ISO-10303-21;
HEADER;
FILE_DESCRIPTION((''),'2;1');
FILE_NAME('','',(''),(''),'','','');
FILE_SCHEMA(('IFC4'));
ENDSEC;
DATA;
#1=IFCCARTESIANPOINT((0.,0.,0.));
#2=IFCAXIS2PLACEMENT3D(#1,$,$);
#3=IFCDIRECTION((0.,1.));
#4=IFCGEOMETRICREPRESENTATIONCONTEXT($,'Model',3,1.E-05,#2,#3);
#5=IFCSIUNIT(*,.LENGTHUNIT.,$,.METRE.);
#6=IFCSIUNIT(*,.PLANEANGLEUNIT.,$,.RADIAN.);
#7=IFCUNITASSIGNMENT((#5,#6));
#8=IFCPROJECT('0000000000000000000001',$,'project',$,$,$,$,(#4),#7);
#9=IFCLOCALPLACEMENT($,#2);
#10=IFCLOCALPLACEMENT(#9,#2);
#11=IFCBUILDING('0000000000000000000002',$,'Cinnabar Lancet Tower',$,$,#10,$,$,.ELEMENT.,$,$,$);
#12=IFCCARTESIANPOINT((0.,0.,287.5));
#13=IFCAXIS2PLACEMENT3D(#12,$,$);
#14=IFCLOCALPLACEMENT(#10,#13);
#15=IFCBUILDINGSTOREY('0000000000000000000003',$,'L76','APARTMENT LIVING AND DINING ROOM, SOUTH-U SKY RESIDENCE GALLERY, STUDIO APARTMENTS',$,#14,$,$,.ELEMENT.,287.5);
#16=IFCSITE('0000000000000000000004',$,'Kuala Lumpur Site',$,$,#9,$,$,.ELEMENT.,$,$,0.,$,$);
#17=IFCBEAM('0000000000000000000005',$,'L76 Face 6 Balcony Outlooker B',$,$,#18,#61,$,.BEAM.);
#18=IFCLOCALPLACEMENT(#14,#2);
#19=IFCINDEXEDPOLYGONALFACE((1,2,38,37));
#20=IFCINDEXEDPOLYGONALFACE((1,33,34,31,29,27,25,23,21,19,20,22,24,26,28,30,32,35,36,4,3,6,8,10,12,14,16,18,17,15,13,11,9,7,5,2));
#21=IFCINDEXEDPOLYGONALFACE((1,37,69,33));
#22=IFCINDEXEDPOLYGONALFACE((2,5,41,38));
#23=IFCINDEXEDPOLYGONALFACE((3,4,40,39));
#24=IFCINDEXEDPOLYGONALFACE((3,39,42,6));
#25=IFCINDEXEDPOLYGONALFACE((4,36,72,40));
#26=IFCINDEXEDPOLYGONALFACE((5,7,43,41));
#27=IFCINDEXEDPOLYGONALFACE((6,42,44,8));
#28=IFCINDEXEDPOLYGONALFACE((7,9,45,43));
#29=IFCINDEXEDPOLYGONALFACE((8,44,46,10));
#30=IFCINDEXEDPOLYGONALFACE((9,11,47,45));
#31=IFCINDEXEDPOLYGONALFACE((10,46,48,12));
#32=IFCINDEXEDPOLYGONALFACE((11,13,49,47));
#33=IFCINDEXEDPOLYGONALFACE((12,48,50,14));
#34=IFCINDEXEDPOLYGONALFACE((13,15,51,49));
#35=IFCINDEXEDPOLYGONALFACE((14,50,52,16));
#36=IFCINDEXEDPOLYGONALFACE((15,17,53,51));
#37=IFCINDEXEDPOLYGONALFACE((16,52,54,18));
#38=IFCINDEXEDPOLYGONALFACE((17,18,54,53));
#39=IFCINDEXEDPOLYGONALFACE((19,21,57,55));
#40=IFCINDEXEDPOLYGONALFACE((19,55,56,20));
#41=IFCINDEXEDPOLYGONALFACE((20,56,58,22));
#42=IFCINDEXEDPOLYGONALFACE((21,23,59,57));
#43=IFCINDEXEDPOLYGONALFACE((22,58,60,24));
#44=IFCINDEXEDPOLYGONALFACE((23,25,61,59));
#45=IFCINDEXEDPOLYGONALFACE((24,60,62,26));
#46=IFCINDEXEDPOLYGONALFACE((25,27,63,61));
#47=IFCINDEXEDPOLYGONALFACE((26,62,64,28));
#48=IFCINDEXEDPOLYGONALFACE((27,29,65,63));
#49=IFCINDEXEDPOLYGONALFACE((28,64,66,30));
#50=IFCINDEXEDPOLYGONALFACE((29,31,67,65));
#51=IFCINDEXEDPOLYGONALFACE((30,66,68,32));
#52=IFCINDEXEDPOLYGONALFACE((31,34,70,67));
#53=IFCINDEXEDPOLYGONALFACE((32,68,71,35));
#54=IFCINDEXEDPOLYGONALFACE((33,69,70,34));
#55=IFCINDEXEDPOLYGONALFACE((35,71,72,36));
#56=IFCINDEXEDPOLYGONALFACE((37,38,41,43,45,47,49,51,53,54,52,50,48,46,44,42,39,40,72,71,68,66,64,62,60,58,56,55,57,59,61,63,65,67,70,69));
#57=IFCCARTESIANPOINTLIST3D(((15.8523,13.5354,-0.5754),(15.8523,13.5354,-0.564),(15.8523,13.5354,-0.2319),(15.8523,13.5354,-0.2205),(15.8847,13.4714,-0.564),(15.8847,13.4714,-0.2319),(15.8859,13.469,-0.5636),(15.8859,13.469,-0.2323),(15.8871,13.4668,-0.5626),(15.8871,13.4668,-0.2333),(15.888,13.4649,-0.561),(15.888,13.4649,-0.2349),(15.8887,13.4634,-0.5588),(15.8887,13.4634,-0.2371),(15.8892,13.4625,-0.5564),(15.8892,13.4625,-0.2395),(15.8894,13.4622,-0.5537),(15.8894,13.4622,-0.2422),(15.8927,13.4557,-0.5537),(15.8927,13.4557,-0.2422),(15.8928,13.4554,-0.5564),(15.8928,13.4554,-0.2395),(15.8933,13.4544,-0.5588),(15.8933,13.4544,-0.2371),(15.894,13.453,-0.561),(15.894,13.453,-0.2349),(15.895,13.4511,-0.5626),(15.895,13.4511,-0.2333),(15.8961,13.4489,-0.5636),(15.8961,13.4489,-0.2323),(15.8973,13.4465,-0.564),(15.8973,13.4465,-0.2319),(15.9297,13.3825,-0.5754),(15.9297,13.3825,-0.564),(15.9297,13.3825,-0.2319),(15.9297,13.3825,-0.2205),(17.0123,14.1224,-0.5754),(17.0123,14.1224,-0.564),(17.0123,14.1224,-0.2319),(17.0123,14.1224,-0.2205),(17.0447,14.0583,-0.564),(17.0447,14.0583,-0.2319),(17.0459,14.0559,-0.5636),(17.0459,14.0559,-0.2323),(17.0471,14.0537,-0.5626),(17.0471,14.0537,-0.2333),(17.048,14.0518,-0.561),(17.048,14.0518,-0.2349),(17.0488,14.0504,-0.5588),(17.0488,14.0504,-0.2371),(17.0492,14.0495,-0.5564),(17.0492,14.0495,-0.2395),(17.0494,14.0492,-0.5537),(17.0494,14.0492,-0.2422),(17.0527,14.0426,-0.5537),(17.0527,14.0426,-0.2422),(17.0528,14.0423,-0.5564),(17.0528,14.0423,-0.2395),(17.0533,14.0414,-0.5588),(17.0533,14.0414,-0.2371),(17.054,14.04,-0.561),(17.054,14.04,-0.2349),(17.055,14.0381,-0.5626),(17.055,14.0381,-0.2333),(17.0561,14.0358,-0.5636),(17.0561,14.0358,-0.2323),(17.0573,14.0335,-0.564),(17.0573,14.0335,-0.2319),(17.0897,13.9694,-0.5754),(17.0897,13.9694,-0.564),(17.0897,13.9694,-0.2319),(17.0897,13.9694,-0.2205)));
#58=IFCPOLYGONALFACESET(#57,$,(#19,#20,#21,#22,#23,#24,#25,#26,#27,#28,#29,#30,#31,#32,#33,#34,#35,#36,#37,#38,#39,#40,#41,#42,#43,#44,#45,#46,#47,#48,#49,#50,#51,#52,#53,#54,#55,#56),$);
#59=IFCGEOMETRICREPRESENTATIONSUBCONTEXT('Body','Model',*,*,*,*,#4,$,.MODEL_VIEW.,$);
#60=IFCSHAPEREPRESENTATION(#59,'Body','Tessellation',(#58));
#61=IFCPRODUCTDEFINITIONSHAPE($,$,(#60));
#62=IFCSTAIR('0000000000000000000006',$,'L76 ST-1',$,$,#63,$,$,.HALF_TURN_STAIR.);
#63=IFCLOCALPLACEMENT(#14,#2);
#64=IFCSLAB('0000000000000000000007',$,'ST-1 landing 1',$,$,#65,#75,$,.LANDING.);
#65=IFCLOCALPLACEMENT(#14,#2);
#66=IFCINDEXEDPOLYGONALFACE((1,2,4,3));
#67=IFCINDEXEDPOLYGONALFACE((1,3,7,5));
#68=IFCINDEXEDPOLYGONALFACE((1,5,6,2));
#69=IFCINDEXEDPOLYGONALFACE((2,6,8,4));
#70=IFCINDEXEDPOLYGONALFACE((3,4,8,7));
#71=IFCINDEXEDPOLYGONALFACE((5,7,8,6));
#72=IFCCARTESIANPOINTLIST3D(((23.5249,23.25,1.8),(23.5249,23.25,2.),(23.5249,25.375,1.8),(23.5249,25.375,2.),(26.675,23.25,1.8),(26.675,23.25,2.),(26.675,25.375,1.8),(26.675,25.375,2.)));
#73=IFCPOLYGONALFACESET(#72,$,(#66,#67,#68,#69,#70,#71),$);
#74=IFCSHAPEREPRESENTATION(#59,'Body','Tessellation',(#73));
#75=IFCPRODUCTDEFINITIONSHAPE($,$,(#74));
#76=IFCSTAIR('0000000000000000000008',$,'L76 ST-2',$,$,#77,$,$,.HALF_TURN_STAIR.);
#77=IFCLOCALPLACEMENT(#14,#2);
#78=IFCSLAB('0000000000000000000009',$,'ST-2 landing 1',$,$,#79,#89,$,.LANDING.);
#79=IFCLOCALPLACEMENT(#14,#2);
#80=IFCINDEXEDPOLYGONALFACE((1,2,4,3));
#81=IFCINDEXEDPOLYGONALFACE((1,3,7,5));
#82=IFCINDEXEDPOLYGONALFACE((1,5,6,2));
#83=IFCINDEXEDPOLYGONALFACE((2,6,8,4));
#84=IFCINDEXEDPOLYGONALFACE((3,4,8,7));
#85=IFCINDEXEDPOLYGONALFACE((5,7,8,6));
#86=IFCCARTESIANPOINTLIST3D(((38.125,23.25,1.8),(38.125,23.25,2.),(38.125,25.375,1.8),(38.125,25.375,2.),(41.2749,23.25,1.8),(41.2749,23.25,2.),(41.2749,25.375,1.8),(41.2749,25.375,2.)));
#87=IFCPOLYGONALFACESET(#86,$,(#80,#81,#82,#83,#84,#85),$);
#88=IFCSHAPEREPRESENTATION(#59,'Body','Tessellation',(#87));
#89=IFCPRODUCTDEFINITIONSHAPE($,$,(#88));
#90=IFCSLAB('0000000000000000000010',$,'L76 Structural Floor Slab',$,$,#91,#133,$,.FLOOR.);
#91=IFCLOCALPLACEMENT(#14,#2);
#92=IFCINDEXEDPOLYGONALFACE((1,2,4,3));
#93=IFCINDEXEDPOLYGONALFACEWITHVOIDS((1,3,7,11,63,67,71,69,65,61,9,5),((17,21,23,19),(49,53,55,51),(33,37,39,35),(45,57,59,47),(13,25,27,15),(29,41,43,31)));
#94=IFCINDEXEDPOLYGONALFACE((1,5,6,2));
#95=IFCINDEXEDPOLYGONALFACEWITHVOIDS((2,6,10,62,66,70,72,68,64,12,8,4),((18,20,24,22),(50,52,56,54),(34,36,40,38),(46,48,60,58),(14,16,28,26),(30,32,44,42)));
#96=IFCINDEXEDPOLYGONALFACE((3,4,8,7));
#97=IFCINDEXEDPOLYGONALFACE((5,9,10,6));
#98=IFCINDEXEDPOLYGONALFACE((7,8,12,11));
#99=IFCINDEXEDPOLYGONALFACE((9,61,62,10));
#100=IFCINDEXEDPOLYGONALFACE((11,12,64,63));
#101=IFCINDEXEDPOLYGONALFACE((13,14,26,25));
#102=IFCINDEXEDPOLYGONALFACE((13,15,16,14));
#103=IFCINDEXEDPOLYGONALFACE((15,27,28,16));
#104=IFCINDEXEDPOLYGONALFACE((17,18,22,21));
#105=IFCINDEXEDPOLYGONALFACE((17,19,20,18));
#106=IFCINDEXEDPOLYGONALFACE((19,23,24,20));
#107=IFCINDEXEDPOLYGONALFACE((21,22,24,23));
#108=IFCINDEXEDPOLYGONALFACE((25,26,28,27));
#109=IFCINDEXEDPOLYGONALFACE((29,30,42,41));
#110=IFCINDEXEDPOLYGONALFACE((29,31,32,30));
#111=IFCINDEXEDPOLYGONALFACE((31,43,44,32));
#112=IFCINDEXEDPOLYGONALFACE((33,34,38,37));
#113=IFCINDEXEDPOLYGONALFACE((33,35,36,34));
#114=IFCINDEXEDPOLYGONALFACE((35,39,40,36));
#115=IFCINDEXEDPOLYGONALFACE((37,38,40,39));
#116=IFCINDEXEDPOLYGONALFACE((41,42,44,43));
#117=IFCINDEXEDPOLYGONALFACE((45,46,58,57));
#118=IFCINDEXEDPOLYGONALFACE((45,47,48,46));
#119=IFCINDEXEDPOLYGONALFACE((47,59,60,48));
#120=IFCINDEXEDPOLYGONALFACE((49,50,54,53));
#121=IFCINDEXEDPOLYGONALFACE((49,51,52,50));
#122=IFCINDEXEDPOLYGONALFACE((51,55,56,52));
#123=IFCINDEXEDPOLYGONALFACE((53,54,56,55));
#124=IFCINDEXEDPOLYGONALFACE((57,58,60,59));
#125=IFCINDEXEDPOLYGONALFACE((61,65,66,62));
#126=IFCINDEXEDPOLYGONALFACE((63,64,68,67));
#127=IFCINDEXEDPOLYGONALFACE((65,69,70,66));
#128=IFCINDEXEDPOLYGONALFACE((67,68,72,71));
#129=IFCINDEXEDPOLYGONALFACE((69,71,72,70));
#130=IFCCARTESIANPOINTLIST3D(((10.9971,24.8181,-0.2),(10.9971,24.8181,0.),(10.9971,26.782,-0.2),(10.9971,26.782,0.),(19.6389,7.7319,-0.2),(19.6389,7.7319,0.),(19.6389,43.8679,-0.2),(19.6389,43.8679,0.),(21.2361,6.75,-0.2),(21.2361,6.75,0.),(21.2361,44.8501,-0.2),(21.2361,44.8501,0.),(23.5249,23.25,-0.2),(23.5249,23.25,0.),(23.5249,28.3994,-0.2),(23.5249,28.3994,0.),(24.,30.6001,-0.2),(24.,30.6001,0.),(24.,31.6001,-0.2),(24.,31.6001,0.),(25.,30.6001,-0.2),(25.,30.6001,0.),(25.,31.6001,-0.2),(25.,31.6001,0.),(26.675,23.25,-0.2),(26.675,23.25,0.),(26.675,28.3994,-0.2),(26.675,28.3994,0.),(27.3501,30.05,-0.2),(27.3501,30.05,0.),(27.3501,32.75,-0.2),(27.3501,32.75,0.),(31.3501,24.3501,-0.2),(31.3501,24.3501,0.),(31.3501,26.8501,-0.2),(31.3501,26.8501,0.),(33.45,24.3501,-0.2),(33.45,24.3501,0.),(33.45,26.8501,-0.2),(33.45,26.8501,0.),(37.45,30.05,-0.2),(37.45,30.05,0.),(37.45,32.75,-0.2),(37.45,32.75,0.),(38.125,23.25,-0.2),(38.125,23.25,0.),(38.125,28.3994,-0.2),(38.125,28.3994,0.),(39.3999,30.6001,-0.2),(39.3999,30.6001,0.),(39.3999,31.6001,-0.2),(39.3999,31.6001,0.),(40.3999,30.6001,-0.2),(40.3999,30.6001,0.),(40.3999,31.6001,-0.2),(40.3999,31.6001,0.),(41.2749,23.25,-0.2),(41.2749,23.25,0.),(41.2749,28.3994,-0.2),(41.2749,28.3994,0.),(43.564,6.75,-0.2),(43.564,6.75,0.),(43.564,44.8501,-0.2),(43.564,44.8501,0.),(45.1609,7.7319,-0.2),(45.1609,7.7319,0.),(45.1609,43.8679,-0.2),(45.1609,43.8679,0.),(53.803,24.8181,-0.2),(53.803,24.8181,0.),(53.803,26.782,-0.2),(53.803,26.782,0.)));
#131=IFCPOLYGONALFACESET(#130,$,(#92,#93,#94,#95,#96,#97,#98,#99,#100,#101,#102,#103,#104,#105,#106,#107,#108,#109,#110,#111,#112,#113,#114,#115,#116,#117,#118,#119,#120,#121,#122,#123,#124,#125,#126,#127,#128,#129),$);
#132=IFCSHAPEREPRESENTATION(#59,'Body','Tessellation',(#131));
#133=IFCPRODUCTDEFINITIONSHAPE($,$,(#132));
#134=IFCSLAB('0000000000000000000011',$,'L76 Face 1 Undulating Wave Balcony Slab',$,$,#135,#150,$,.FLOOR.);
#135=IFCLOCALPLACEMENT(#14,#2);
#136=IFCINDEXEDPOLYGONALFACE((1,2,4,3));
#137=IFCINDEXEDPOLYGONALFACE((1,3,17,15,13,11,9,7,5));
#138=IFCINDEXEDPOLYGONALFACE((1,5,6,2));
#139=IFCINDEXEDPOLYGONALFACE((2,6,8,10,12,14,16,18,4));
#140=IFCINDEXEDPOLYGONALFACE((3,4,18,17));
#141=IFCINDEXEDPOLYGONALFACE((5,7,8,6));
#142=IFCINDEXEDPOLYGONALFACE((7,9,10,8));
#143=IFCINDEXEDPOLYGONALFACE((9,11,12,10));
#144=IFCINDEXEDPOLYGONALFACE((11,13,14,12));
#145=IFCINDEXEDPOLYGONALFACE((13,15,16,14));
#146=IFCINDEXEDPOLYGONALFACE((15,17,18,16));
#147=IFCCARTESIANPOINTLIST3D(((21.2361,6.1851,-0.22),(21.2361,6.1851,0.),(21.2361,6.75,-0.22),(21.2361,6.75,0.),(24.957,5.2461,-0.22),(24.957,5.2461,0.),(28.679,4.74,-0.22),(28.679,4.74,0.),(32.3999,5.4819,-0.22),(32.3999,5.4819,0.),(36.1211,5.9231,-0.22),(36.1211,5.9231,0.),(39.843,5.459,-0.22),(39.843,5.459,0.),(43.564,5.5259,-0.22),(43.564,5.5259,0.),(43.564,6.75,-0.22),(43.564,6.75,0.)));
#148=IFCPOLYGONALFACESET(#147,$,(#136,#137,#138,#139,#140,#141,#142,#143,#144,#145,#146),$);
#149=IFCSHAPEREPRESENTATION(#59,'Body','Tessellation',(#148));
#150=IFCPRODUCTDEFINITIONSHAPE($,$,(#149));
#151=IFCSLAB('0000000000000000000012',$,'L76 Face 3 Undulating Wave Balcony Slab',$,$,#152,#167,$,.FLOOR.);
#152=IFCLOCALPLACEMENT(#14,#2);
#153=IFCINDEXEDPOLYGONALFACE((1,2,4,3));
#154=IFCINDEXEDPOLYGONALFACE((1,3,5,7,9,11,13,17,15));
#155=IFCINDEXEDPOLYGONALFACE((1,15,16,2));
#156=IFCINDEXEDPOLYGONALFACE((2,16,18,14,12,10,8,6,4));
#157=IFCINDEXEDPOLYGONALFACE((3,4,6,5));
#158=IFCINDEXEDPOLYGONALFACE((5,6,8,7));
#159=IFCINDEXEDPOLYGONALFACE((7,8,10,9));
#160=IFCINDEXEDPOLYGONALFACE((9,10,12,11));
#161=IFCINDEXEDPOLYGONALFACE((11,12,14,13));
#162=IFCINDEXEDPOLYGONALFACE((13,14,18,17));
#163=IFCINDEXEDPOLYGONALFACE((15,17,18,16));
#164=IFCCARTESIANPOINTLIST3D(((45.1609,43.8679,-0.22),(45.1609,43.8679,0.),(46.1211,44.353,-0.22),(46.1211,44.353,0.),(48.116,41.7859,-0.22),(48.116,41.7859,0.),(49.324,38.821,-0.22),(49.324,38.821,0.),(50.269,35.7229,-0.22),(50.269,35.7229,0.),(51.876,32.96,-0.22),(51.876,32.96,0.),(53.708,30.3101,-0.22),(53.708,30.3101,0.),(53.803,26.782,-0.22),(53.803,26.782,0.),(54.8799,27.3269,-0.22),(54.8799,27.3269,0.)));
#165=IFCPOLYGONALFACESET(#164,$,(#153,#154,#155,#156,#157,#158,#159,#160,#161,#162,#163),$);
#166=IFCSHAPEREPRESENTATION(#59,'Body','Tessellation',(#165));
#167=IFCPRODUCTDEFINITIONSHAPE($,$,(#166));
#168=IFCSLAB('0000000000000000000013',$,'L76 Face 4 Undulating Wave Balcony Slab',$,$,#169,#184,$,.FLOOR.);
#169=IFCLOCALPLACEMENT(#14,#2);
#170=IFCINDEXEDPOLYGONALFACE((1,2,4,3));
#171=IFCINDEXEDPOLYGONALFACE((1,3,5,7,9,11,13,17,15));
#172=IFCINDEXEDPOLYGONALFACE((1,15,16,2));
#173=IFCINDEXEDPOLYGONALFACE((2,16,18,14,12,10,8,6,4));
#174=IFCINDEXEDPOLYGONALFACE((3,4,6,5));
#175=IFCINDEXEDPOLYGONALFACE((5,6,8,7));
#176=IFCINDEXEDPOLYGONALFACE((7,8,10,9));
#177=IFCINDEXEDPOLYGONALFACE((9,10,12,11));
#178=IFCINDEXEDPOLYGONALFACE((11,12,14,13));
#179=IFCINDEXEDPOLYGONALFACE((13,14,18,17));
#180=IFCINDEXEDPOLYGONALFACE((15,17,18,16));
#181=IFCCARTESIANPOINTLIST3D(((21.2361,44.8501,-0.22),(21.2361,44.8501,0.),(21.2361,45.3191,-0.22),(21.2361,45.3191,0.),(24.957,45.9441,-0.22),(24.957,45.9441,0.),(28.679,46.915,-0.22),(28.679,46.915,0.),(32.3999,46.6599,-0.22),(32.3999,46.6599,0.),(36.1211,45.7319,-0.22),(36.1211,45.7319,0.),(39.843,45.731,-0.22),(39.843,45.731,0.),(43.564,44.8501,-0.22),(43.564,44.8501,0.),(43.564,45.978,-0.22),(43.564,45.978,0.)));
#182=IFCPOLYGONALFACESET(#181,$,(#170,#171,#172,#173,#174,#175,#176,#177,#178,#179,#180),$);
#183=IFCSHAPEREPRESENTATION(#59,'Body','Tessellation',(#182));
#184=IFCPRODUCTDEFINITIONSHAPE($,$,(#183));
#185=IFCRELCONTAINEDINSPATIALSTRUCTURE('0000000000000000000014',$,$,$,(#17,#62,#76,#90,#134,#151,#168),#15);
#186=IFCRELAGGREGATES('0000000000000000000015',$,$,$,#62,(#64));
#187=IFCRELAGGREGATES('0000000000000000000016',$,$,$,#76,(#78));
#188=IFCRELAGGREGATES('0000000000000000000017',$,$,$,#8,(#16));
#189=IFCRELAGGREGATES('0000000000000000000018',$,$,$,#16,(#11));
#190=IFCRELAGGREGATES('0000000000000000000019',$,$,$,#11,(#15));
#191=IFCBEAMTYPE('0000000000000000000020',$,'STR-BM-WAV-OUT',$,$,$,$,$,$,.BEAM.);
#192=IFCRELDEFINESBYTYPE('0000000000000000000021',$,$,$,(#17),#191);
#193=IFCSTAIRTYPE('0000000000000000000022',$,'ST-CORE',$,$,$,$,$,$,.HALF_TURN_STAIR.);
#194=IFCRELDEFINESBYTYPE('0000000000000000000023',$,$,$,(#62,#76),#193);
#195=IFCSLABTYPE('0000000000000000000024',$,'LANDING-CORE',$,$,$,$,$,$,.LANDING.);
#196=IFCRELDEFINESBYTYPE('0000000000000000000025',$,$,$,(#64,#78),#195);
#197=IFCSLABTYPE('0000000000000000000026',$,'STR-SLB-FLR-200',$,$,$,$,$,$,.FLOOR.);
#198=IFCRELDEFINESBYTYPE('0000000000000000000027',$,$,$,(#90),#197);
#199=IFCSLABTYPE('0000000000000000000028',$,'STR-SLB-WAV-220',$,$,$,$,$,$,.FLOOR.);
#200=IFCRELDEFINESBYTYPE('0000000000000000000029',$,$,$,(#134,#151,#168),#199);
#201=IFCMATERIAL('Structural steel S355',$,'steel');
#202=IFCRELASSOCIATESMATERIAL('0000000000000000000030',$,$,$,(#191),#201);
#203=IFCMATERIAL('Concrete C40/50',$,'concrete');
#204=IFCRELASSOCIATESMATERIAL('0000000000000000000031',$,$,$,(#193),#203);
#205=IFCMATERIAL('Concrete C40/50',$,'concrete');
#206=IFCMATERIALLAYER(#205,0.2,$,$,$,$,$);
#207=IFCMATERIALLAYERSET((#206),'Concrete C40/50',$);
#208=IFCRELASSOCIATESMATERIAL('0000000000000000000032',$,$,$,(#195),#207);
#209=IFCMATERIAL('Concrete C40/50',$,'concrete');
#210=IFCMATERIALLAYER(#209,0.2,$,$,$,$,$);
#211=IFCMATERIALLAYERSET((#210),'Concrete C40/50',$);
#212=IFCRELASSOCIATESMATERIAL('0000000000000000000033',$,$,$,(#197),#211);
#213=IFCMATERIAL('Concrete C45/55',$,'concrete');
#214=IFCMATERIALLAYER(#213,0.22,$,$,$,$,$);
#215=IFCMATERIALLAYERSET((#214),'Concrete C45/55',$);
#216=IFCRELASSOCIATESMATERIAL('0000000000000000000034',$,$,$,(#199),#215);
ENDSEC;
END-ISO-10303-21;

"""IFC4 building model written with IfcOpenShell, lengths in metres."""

from ifc_helpers import new_model, si_unit, direction, frame, origin, origin_2d, place, context, subcontext, project, spatial, polyline, i_section, outline, extrude, material, layer, layer_set, material_profile, profile_set, type_object, element, aggregate, save


model = new_model("IFC4")

# Units and contexts
model_context = context("Model", 3, precision=1e-05, world=origin(), true_north=direction((0.0, 1.0)))
body_context = subcontext(model_context, "Body", "Model", "MODEL_VIEW")
ifc_project = project(units=[si_unit("LENGTHUNIT", "METRE"), si_unit("PLANEANGLEUNIT", "RADIAN")], contexts=[model_context])

# Site, building, storey
site_placement = place(None, origin())
site = spatial("IfcSite", under=ifc_project, at=site_placement, Name="Kuala Lumpur Site", CompositionType="ELEMENT", RefElevation=0.0)
building_placement = place(site_placement, origin())
building = spatial("IfcBuilding", under=site, at=building_placement, Name="Cinnabar Lancet Tower", CompositionType="ELEMENT")
storey_placement = place(building_placement, frame((0.0, 0.0, 287.5)))
storey = spatial("IfcBuildingStorey", under=building, at=storey_placement, Name="L76", Description="APARTMENT LIVING AND DINING ROOM, SOUTH-U SKY RESIDENCE GALLERY, STUDIO APARTMENTS", CompositionType="ELEMENT", Elevation=287.5)

# Beam
ifc_material_1 = material(Name="Structural steel S355", Category="steel")
ifc_material_profile_1 = material_profile(ifc_material_1, i_section(OverallWidth=0.1714, OverallDepth=0.355, WebThickness=0.0073, FlangeThickness=0.0115, FilletRadius=0.0103, at=origin_2d()), Name="UKB 356x171x51")
ifc_profile_set_1 = profile_set([ifc_material_profile_1], Name="Structural steel S355")
beam_type_1 = type_object("IfcBeamType", Name="STR-BM-WAV-OUT", PredefinedType="BEAM", material=ifc_profile_set_1)
beam_1_placement = place(storey_placement, frame((17.051, 14.0459, -0.3979), z_axis=(-0.892276, -0.45149, 0.0), x_axis=(0.45149, -0.892276, 0.0)))
element("IfcBeam", 1, at=beam_1_placement, inside=storey, type_object=beam_type_1, Name="L76 Face 6 Balcony Outlooker B", PredefinedType="BEAM", context=body_context, shape_type="SweptSolid", body=[
    extrude(i_section(OverallWidth=0.1714, OverallDepth=0.355, WebThickness=0.0073, FlangeThickness=0.0115, FilletRadius=0.0103, at=origin_2d()), origin(), (0.0, 0.0, 1.0), 1.3),
])

# Stairs, slabs
ifc_material_2 = material(Name="Concrete C40/50", Category="concrete")
stair_type = type_object("IfcStairType", Name="ST-CORE", PredefinedType="HALF_TURN_STAIR", material=ifc_material_2)
stair_1_placement = place(storey_placement, origin())
stair_1 = element("IfcStair", 2, at=stair_1_placement, inside=storey, type_object=stair_type, Name="L76 ST-1", PredefinedType="HALF_TURN_STAIR")
ifc_material_3 = material(Name="Concrete C40/50", Category="concrete")
ifc_layer_1 = layer(ifc_material_3, 0.2)
ifc_layer_set_1 = layer_set([ifc_layer_1], Name="Concrete C40/50")
slab_type_1 = type_object("IfcSlabType", Name="LANDING-CORE", PredefinedType="LANDING", material=ifc_layer_set_1)
slab_1_placement = place(storey_placement, frame((0.0, 0.0, 1.8)))
slab_1 = element("IfcSlab", 3, at=slab_1_placement, type_object=slab_type_1, Name="ST-1 landing 1", PredefinedType="LANDING", context=body_context, shape_type="SweptSolid", body=[
    extrude(outline(polyline([(23.5249, 25.375), (23.5249, 23.25), (26.675, 23.25), (26.675, 25.375), (23.5249, 25.375)])), origin(), (0.0, 0.0, 1.0), 0.2),
])
aggregate(stair_1, [slab_1])
stair_2_placement = place(storey_placement, origin())
stair_2 = element("IfcStair", 4, at=stair_2_placement, inside=storey, type_object=stair_type, Name="L76 ST-2", PredefinedType="HALF_TURN_STAIR")
slab_2_placement = place(storey_placement, frame((0.0, 0.0, 1.8)))
slab_2 = element("IfcSlab", 5, at=slab_2_placement, type_object=slab_type_1, Name="ST-2 landing 1", PredefinedType="LANDING", context=body_context, shape_type="SweptSolid", body=[
    extrude(outline(polyline([(38.125, 25.375), (38.125, 23.25), (41.2749, 23.25), (41.2749, 25.375), (38.125, 25.375)])), origin(), (0.0, 0.0, 1.0), 0.2),
])
aggregate(stair_2, [slab_2])

# Slabs
ifc_material_4 = material(Name="Concrete C40/50", Category="concrete")
ifc_layer_2 = layer(ifc_material_4, 0.2)
ifc_layer_set_2 = layer_set([ifc_layer_2], Name="Concrete C40/50")
slab_type_2 = type_object("IfcSlabType", Name="STR-SLB-FLR-200", PredefinedType="FLOOR", material=ifc_layer_set_2)
slab_3_placement = place(storey_placement, frame((0.0, 0.0, -0.2)))
element("IfcSlab", 6, at=slab_3_placement, inside=storey, type_object=slab_type_2, Name="L76 Structural Floor Slab", PredefinedType="FLOOR", context=body_context, shape_type="SweptSolid", body=[
    extrude(outline(polyline([(19.6389, 7.7319), (21.2361, 6.75), (43.564, 6.75), (45.1609, 7.7319), (53.803, 24.8181), (53.803, 26.782), (45.1609, 43.8679), (43.564, 44.8501), (21.2361, 44.8501), (19.6389, 43.8679), (10.9971, 26.782), (10.9971, 24.8181), (19.6389, 7.7319)]), holes=[polyline([(23.5249, 23.25), (26.675, 23.25), (26.675, 28.3994), (23.5249, 28.3994), (23.5249, 23.25)]), polyline([(38.125, 23.25), (41.2749, 23.25), (41.2749, 28.3994), (38.125, 28.3994), (38.125, 23.25)]), polyline([(27.3501, 30.05), (37.45, 30.05), (37.45, 32.75), (27.3501, 32.75), (27.3501, 30.05)]), polyline([(31.3501, 24.3501), (33.45, 24.3501), (33.45, 26.8501), (31.3501, 26.8501), (31.3501, 24.3501)]), polyline([(24.0, 30.6001), (25.0, 30.6001), (25.0, 31.6001), (24.0, 31.6001), (24.0, 30.6001)]), polyline([(39.3999, 30.6001), (40.3999, 30.6001), (40.3999, 31.6001), (39.3999, 31.6001), (39.3999, 30.6001)])]), origin(), (0.0, 0.0, 1.0), 0.2),
])
ifc_material_5 = material(Name="Concrete C45/55", Category="concrete")
ifc_layer_3 = layer(ifc_material_5, 0.22)
ifc_layer_set_3 = layer_set([ifc_layer_3], Name="Concrete C45/55")
slab_type_3 = type_object("IfcSlabType", Name="STR-SLB-WAV-220", PredefinedType="FLOOR", material=ifc_layer_set_3)
slab_4_placement = place(storey_placement, frame((0.0, 0.0, -0.22)))
element("IfcSlab", 7, at=slab_4_placement, inside=storey, type_object=slab_type_3, Name="L76 Face 1 Undulating Wave Balcony Slab", PredefinedType="FLOOR", context=body_context, shape_type="SweptSolid", body=[
    extrude(outline(polyline([(21.2361, 6.75), (21.2361, 6.1851), (24.957, 5.2461), (28.679, 4.74), (32.3999, 5.4819), (36.1211, 5.9231), (39.843, 5.459), (43.564, 5.5259), (43.564, 6.75), (21.2361, 6.75)])), origin(), (0.0, 0.0, 1.0), 0.22),
])
slab_5_placement = place(storey_placement, frame((0.0, 0.0, -0.22)))
element("IfcSlab", 8, at=slab_5_placement, inside=storey, type_object=slab_type_3, Name="L76 Face 3 Undulating Wave Balcony Slab", PredefinedType="FLOOR", context=body_context, shape_type="SweptSolid", body=[
    extrude(outline(polyline([(53.803, 26.782), (54.8799, 27.3269), (53.708, 30.3101), (51.876, 32.96), (50.269, 35.7229), (49.324, 38.821), (48.116, 41.7859), (46.1211, 44.353), (45.1609, 43.8679), (53.803, 26.782)])), origin(), (0.0, 0.0, 1.0), 0.22),
])
slab_6_placement = place(storey_placement, frame((0.0, 0.0, -0.22)))
element("IfcSlab", 9, at=slab_6_placement, inside=storey, type_object=slab_type_3, Name="L76 Face 4 Undulating Wave Balcony Slab", PredefinedType="FLOOR", context=body_context, shape_type="SweptSolid", body=[
    extrude(outline(polyline([(43.564, 44.8501), (43.564, 45.978), (39.843, 45.731), (36.1211, 45.7319), (32.3999, 46.6599), (28.679, 46.915), (24.957, 45.9441), (21.2361, 45.3191), (21.2361, 44.8501), (43.564, 44.8501)])), origin(), (0.0, 0.0, 1.0), 0.22),
])

save(model, "model.ifc")
